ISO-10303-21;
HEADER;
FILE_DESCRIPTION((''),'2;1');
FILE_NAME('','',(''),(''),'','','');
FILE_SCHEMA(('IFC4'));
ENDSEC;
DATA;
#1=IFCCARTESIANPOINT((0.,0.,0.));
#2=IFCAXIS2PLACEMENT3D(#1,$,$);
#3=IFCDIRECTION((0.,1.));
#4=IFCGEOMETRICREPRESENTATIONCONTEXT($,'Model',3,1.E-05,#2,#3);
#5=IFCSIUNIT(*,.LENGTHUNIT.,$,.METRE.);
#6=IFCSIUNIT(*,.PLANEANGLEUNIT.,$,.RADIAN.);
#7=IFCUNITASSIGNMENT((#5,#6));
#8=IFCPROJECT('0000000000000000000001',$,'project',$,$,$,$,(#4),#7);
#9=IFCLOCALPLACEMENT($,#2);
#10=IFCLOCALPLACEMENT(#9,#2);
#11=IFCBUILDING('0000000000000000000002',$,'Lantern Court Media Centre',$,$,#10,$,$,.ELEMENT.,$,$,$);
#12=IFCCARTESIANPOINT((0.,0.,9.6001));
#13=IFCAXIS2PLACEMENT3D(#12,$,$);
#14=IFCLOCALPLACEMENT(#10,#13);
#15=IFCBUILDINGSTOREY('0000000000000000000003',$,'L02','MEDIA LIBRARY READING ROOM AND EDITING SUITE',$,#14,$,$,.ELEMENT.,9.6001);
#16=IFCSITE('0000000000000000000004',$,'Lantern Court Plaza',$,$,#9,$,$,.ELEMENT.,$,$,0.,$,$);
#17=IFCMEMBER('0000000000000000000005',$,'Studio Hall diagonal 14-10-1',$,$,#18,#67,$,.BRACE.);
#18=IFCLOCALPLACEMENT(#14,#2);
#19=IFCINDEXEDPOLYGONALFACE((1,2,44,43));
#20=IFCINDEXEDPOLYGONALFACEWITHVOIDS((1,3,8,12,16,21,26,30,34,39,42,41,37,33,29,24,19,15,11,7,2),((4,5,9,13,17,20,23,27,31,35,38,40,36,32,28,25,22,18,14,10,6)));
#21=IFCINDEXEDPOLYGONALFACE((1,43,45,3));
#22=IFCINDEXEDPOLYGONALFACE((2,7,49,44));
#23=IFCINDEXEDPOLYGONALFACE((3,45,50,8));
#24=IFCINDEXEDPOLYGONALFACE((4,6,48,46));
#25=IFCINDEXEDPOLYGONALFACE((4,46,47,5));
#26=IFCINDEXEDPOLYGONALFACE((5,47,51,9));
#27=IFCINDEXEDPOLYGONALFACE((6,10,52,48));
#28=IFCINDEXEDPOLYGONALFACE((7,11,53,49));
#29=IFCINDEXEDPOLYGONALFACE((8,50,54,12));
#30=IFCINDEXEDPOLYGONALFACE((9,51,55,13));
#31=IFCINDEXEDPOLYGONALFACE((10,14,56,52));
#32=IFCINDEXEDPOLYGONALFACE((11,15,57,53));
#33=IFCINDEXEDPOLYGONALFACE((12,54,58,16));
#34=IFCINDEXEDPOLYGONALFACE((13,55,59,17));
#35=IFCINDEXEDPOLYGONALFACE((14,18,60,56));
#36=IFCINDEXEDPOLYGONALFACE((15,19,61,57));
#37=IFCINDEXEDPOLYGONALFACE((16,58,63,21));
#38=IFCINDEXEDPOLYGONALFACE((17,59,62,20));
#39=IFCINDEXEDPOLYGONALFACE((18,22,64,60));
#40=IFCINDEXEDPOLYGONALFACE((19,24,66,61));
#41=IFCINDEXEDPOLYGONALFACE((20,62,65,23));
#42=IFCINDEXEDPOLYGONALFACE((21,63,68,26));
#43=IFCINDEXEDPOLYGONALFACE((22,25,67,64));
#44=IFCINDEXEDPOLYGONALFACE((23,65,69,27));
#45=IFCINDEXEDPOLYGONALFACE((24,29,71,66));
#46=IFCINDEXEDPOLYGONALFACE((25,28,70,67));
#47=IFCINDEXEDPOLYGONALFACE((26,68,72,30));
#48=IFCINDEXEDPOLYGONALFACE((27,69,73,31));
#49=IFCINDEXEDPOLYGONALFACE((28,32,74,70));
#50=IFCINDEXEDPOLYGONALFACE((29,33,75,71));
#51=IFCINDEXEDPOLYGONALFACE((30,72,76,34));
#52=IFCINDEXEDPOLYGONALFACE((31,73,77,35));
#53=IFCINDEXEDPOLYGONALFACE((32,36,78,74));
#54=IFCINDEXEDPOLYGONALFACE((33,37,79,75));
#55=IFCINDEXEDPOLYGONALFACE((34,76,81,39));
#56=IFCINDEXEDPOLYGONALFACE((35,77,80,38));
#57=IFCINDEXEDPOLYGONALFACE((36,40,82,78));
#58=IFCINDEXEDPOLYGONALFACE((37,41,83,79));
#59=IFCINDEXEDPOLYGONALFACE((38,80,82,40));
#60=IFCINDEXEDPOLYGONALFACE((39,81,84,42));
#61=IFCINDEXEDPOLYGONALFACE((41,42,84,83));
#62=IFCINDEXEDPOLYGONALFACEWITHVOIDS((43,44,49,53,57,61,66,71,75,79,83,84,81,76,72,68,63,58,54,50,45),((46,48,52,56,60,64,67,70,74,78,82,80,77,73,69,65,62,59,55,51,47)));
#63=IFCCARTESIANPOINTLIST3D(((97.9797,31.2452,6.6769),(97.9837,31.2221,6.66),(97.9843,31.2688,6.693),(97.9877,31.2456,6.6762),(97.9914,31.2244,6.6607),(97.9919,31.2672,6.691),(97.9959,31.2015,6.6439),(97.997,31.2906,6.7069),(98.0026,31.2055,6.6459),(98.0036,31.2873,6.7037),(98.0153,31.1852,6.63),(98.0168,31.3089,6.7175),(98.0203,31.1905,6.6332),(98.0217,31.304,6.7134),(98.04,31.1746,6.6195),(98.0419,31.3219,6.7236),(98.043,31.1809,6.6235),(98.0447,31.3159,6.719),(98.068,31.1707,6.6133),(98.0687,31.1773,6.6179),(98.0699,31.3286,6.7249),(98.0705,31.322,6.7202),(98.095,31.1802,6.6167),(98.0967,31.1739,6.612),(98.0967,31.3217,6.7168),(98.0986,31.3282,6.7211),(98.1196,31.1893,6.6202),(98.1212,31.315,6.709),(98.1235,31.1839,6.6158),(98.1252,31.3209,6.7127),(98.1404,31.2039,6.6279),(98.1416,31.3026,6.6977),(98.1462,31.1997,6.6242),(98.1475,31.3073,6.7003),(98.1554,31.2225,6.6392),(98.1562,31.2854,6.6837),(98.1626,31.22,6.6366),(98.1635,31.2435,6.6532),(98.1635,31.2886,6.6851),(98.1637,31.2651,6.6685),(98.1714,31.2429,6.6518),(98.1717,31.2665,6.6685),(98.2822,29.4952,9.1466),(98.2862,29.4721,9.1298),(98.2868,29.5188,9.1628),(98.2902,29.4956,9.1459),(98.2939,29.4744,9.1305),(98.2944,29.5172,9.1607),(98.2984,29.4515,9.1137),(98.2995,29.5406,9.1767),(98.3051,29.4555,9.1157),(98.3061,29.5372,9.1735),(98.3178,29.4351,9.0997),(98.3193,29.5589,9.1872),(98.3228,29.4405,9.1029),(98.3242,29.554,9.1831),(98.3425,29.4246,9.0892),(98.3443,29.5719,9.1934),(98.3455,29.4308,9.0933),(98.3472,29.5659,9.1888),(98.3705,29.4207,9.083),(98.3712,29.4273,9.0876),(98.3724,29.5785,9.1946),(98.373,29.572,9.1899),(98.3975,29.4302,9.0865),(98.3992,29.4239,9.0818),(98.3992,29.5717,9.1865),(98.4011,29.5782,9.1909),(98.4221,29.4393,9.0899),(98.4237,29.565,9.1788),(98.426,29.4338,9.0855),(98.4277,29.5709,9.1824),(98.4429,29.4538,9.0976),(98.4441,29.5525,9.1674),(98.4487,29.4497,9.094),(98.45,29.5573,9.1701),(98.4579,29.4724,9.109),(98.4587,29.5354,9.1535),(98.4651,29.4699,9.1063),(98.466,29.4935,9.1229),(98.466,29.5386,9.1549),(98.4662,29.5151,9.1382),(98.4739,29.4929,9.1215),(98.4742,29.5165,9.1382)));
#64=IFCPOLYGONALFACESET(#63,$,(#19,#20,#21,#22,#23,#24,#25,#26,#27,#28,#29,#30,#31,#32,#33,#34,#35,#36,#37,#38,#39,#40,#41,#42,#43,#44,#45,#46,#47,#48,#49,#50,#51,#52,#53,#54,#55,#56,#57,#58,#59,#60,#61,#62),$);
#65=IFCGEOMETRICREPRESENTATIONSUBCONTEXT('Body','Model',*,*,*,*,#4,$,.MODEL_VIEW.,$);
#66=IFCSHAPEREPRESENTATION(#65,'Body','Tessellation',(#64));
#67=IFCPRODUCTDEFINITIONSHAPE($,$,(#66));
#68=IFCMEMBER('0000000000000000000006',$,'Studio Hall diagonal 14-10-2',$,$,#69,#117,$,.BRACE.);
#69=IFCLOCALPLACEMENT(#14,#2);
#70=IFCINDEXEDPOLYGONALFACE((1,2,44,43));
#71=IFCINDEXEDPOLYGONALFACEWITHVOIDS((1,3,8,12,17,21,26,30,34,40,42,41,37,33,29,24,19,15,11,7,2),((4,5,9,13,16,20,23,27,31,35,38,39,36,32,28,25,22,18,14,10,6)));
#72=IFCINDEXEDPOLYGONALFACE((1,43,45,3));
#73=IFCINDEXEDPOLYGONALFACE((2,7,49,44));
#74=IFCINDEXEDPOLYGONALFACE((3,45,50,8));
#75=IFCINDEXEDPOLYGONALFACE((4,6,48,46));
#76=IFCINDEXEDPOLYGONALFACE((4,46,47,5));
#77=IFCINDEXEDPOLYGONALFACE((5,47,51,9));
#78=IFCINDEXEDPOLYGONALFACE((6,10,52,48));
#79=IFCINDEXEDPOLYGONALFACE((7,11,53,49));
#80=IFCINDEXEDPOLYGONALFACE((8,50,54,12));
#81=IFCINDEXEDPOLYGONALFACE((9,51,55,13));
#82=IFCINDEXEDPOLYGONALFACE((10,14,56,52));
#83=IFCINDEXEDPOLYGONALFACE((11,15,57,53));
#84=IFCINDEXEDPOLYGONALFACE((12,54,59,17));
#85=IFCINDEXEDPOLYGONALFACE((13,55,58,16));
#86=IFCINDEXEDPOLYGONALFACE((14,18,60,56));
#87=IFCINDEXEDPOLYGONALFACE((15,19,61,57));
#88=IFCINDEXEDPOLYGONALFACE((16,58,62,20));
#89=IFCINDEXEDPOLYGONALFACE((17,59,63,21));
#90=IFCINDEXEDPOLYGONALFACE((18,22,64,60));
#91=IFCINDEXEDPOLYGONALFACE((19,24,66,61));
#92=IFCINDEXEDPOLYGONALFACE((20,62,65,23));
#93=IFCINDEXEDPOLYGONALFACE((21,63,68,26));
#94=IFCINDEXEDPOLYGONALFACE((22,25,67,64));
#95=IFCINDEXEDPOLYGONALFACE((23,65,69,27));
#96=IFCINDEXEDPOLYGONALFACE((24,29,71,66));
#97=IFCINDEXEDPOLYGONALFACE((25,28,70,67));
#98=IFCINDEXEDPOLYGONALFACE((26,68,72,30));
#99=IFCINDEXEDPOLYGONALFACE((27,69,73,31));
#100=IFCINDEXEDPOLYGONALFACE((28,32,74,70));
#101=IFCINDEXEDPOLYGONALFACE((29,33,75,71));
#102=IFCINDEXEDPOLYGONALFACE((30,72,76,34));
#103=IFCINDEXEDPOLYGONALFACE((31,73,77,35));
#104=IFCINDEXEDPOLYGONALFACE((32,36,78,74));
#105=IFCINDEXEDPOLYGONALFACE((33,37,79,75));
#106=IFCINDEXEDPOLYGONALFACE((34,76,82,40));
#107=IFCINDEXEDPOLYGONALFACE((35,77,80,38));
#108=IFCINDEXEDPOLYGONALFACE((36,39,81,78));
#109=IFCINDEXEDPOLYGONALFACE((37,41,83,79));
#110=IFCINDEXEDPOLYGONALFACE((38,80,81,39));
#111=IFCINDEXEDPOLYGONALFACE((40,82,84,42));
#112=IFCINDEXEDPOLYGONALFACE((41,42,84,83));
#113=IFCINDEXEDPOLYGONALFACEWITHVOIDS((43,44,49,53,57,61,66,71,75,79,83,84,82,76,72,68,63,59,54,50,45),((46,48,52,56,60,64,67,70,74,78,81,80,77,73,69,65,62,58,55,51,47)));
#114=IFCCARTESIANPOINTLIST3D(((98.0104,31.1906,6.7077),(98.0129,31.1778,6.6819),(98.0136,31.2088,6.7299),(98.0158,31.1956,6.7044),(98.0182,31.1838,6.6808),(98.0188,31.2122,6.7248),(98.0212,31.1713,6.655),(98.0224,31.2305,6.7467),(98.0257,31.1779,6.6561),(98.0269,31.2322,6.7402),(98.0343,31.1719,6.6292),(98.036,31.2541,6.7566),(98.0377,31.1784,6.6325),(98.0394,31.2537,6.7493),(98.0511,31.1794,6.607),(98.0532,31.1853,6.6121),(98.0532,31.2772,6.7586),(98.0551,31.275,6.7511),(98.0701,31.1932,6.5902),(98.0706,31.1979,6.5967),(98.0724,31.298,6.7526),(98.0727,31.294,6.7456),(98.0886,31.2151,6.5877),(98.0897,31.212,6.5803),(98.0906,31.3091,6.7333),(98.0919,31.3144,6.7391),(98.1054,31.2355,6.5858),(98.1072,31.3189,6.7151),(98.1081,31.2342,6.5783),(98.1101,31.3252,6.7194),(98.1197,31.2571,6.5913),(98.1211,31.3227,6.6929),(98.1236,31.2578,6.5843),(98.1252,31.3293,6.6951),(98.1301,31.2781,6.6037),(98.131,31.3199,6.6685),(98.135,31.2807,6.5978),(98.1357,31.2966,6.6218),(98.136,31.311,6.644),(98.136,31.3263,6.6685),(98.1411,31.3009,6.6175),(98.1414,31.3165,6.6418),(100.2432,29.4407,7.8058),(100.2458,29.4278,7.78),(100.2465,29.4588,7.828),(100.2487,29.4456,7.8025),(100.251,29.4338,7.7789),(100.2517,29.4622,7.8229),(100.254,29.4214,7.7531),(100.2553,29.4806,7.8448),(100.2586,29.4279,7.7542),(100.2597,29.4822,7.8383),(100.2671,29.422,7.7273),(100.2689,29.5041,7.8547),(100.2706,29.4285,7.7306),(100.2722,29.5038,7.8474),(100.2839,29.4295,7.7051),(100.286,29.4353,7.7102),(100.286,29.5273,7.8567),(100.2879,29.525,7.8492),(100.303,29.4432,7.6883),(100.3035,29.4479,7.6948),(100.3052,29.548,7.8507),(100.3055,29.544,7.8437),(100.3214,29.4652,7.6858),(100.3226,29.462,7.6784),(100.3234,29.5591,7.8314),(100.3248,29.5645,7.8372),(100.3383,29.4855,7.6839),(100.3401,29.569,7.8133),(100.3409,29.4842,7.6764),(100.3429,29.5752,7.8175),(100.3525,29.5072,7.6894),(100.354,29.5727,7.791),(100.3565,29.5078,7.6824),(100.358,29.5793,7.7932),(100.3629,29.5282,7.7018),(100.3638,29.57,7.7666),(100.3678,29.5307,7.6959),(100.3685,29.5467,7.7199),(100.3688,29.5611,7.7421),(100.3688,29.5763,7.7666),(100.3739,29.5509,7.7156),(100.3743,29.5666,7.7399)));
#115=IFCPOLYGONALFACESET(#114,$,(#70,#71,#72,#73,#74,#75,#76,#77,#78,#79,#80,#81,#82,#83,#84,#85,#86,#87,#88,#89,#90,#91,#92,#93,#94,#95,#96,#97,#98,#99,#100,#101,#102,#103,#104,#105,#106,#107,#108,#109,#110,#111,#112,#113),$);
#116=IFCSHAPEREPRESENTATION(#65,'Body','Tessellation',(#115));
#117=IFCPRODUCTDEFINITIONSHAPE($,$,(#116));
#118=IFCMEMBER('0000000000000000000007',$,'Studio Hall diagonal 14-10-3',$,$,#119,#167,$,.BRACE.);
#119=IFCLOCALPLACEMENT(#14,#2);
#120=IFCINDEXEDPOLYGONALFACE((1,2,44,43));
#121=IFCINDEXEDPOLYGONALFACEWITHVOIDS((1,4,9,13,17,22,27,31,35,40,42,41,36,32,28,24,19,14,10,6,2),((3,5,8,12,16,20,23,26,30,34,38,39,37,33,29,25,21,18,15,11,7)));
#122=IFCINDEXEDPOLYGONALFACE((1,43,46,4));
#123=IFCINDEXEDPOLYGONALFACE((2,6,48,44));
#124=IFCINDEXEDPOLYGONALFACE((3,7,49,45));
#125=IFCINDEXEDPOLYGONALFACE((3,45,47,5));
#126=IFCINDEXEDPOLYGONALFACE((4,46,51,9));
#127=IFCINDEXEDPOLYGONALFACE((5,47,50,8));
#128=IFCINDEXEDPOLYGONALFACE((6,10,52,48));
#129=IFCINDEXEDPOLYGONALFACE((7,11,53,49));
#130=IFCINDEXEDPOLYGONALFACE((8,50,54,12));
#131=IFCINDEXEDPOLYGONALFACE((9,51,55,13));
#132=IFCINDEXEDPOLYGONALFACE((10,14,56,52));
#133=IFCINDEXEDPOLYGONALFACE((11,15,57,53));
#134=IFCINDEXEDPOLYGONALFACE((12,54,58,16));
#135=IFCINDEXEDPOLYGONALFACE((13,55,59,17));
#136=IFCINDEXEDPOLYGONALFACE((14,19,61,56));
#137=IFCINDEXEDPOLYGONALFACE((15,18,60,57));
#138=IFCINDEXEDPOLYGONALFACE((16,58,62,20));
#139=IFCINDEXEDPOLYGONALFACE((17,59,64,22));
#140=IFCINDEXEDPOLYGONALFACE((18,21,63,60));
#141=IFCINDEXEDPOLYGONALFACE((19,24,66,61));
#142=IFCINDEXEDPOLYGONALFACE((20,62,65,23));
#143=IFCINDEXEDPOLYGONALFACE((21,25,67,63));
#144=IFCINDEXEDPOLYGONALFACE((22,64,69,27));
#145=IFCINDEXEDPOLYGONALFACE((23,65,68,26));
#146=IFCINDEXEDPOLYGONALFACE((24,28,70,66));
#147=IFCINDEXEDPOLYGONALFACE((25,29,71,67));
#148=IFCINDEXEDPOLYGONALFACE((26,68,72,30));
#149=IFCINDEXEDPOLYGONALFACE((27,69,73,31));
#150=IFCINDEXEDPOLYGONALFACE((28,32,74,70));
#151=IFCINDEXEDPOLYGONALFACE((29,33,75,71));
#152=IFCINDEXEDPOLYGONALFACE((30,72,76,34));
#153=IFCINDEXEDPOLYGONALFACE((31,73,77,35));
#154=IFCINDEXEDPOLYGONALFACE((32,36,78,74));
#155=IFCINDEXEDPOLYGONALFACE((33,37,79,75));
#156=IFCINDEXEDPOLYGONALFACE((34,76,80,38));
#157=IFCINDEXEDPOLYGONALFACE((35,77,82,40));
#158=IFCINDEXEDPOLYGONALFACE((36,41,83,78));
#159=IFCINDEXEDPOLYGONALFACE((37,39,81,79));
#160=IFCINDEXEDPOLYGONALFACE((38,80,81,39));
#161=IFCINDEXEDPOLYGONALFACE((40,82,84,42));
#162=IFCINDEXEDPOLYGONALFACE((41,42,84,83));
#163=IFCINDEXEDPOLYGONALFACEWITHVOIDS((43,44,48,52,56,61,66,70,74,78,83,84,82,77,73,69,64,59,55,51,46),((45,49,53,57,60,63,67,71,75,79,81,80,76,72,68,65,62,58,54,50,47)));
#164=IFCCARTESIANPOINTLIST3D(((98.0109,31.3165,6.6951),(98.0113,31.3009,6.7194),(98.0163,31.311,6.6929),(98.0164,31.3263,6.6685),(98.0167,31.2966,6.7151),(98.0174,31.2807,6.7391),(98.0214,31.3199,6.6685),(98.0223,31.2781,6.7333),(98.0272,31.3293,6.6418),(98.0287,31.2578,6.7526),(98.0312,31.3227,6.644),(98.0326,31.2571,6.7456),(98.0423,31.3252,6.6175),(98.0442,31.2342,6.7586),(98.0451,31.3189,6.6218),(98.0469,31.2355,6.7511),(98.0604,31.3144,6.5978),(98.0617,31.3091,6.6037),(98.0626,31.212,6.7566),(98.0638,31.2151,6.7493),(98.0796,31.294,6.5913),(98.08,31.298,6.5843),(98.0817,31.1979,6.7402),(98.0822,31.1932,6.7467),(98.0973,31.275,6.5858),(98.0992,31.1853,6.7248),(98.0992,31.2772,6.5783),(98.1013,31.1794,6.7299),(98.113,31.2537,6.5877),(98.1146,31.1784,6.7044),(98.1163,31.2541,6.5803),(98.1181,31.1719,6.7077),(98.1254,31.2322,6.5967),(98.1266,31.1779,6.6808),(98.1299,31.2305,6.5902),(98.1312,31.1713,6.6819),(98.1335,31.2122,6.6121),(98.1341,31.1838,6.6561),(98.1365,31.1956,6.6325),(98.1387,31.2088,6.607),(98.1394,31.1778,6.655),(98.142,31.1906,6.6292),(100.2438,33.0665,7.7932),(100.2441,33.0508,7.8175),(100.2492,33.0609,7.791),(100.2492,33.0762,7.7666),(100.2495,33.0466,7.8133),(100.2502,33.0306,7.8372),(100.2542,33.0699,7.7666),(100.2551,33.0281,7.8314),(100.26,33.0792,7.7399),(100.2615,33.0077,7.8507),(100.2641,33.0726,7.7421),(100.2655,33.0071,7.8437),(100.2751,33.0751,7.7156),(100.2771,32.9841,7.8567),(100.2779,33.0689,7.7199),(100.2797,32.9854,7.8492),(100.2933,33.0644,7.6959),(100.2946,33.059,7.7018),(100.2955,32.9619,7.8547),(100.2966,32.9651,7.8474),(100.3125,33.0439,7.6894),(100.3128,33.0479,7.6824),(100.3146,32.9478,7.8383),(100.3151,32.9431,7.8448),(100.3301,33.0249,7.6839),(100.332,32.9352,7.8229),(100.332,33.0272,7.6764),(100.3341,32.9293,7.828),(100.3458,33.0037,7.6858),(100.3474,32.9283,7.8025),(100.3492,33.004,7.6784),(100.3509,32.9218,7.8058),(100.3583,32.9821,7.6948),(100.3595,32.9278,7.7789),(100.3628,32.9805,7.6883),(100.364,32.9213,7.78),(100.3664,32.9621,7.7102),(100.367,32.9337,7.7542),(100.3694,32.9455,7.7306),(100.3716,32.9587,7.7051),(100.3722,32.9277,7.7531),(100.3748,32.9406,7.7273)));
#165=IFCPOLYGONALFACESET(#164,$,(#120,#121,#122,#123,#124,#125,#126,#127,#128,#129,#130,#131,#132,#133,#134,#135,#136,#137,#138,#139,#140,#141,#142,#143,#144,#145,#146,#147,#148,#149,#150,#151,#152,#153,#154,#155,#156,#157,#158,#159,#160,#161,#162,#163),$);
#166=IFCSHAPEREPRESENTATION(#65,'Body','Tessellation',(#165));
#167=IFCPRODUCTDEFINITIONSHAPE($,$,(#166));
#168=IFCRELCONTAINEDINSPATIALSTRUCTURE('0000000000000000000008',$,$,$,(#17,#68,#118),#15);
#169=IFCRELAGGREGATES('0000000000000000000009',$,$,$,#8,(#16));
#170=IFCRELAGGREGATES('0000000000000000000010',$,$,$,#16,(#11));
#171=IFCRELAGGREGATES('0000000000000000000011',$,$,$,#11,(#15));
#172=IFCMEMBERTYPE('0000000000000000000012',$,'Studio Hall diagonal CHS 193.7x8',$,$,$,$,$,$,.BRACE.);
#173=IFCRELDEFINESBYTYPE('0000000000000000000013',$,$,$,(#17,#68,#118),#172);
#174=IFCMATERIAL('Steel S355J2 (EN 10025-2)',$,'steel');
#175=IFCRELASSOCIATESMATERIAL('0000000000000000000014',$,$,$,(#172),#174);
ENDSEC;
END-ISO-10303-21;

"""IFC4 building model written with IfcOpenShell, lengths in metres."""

from ifc_helpers import new_model, si_unit, direction, frame, origin, origin_2d, place, context, subcontext, project, spatial, hollow_circle, extrude, material, material_profile, profile_set, type_object, element, save


model = new_model("IFC4")

# Units and contexts
model_context = context("Model", 3, precision=1e-05, world=origin(), true_north=direction((0.0, 1.0)))
body_context = subcontext(model_context, "Body", "Model", "MODEL_VIEW")
ifc_project = project(units=[si_unit("LENGTHUNIT", "METRE"), si_unit("PLANEANGLEUNIT", "RADIAN")], contexts=[model_context])

# Site, building, storey
site_placement = place(None, origin())
site = spatial("IfcSite", under=ifc_project, at=site_placement, Name="Lantern Court Plaza", CompositionType="ELEMENT", RefElevation=0.0)
building_placement = place(site_placement, origin())
building = spatial("IfcBuilding", under=site, at=building_placement, Name="Lantern Court Media Centre", CompositionType="ELEMENT")
storey_placement = place(building_placement, frame((0.0, 0.0, 9.6001)))
storey = spatial("IfcBuildingStorey", under=building, at=storey_placement, Name="L02", Description="MEDIA LIBRARY READING ROOM AND EDITING SUITE", CompositionType="ELEMENT", Elevation=9.6001)

# Members
ifc_material = material(Name="Steel S355J2 (EN 10025-2)", Category="steel")
ifc_material_profile_1 = material_profile(ifc_material, hollow_circle(Radius=0.0969, WallThickness=0.0081, at=origin_2d()), Name="Studio Hall diagonal CHS 193.7x8")
ifc_profile_set_1 = profile_set([ifc_material_profile_1], Name="Steel S355J2 (EN 10025-2)")
member_type_1 = type_object("IfcMemberType", Name="Studio Hall diagonal CHS 193.7x8", PredefinedType="BRACE", material=ifc_profile_set_1)
for number, where, z_axis, x_axis, name in (
    (1, (98.0762, 31.25, 6.6685), (0.099439, -0.575286, 0.811885), (0.985388, 0.170326, 0.0), "Studio Hall diagonal 14-10-1"),
    (2, (98.0762, 31.25, 6.6685), (0.734005, -0.575262, 0.360984), (0.616856, 0.787076, 0.0), "Studio Hall diagonal 14-10-2"),
    (3, (98.0762, 31.25, 6.6685), (0.734005, 0.575262, 0.360984), (-0.616856, 0.787076, 0.0), "Studio Hall diagonal 14-10-3"),
):
    element("IfcMember", number, at=place(storey_placement, frame(where, z_axis=z_axis, x_axis=x_axis)), inside=storey, type_object=member_type_1, Name=name, PredefinedType="BRACE", context=body_context, shape_type="SweptSolid", body=[
        extrude(hollow_circle(Radius=0.0969, WallThickness=0.0081, at=origin_2d()), origin(), (0.0, 0.0, 1.0), 3.042),
    ])

save(model, "model.ifc")
